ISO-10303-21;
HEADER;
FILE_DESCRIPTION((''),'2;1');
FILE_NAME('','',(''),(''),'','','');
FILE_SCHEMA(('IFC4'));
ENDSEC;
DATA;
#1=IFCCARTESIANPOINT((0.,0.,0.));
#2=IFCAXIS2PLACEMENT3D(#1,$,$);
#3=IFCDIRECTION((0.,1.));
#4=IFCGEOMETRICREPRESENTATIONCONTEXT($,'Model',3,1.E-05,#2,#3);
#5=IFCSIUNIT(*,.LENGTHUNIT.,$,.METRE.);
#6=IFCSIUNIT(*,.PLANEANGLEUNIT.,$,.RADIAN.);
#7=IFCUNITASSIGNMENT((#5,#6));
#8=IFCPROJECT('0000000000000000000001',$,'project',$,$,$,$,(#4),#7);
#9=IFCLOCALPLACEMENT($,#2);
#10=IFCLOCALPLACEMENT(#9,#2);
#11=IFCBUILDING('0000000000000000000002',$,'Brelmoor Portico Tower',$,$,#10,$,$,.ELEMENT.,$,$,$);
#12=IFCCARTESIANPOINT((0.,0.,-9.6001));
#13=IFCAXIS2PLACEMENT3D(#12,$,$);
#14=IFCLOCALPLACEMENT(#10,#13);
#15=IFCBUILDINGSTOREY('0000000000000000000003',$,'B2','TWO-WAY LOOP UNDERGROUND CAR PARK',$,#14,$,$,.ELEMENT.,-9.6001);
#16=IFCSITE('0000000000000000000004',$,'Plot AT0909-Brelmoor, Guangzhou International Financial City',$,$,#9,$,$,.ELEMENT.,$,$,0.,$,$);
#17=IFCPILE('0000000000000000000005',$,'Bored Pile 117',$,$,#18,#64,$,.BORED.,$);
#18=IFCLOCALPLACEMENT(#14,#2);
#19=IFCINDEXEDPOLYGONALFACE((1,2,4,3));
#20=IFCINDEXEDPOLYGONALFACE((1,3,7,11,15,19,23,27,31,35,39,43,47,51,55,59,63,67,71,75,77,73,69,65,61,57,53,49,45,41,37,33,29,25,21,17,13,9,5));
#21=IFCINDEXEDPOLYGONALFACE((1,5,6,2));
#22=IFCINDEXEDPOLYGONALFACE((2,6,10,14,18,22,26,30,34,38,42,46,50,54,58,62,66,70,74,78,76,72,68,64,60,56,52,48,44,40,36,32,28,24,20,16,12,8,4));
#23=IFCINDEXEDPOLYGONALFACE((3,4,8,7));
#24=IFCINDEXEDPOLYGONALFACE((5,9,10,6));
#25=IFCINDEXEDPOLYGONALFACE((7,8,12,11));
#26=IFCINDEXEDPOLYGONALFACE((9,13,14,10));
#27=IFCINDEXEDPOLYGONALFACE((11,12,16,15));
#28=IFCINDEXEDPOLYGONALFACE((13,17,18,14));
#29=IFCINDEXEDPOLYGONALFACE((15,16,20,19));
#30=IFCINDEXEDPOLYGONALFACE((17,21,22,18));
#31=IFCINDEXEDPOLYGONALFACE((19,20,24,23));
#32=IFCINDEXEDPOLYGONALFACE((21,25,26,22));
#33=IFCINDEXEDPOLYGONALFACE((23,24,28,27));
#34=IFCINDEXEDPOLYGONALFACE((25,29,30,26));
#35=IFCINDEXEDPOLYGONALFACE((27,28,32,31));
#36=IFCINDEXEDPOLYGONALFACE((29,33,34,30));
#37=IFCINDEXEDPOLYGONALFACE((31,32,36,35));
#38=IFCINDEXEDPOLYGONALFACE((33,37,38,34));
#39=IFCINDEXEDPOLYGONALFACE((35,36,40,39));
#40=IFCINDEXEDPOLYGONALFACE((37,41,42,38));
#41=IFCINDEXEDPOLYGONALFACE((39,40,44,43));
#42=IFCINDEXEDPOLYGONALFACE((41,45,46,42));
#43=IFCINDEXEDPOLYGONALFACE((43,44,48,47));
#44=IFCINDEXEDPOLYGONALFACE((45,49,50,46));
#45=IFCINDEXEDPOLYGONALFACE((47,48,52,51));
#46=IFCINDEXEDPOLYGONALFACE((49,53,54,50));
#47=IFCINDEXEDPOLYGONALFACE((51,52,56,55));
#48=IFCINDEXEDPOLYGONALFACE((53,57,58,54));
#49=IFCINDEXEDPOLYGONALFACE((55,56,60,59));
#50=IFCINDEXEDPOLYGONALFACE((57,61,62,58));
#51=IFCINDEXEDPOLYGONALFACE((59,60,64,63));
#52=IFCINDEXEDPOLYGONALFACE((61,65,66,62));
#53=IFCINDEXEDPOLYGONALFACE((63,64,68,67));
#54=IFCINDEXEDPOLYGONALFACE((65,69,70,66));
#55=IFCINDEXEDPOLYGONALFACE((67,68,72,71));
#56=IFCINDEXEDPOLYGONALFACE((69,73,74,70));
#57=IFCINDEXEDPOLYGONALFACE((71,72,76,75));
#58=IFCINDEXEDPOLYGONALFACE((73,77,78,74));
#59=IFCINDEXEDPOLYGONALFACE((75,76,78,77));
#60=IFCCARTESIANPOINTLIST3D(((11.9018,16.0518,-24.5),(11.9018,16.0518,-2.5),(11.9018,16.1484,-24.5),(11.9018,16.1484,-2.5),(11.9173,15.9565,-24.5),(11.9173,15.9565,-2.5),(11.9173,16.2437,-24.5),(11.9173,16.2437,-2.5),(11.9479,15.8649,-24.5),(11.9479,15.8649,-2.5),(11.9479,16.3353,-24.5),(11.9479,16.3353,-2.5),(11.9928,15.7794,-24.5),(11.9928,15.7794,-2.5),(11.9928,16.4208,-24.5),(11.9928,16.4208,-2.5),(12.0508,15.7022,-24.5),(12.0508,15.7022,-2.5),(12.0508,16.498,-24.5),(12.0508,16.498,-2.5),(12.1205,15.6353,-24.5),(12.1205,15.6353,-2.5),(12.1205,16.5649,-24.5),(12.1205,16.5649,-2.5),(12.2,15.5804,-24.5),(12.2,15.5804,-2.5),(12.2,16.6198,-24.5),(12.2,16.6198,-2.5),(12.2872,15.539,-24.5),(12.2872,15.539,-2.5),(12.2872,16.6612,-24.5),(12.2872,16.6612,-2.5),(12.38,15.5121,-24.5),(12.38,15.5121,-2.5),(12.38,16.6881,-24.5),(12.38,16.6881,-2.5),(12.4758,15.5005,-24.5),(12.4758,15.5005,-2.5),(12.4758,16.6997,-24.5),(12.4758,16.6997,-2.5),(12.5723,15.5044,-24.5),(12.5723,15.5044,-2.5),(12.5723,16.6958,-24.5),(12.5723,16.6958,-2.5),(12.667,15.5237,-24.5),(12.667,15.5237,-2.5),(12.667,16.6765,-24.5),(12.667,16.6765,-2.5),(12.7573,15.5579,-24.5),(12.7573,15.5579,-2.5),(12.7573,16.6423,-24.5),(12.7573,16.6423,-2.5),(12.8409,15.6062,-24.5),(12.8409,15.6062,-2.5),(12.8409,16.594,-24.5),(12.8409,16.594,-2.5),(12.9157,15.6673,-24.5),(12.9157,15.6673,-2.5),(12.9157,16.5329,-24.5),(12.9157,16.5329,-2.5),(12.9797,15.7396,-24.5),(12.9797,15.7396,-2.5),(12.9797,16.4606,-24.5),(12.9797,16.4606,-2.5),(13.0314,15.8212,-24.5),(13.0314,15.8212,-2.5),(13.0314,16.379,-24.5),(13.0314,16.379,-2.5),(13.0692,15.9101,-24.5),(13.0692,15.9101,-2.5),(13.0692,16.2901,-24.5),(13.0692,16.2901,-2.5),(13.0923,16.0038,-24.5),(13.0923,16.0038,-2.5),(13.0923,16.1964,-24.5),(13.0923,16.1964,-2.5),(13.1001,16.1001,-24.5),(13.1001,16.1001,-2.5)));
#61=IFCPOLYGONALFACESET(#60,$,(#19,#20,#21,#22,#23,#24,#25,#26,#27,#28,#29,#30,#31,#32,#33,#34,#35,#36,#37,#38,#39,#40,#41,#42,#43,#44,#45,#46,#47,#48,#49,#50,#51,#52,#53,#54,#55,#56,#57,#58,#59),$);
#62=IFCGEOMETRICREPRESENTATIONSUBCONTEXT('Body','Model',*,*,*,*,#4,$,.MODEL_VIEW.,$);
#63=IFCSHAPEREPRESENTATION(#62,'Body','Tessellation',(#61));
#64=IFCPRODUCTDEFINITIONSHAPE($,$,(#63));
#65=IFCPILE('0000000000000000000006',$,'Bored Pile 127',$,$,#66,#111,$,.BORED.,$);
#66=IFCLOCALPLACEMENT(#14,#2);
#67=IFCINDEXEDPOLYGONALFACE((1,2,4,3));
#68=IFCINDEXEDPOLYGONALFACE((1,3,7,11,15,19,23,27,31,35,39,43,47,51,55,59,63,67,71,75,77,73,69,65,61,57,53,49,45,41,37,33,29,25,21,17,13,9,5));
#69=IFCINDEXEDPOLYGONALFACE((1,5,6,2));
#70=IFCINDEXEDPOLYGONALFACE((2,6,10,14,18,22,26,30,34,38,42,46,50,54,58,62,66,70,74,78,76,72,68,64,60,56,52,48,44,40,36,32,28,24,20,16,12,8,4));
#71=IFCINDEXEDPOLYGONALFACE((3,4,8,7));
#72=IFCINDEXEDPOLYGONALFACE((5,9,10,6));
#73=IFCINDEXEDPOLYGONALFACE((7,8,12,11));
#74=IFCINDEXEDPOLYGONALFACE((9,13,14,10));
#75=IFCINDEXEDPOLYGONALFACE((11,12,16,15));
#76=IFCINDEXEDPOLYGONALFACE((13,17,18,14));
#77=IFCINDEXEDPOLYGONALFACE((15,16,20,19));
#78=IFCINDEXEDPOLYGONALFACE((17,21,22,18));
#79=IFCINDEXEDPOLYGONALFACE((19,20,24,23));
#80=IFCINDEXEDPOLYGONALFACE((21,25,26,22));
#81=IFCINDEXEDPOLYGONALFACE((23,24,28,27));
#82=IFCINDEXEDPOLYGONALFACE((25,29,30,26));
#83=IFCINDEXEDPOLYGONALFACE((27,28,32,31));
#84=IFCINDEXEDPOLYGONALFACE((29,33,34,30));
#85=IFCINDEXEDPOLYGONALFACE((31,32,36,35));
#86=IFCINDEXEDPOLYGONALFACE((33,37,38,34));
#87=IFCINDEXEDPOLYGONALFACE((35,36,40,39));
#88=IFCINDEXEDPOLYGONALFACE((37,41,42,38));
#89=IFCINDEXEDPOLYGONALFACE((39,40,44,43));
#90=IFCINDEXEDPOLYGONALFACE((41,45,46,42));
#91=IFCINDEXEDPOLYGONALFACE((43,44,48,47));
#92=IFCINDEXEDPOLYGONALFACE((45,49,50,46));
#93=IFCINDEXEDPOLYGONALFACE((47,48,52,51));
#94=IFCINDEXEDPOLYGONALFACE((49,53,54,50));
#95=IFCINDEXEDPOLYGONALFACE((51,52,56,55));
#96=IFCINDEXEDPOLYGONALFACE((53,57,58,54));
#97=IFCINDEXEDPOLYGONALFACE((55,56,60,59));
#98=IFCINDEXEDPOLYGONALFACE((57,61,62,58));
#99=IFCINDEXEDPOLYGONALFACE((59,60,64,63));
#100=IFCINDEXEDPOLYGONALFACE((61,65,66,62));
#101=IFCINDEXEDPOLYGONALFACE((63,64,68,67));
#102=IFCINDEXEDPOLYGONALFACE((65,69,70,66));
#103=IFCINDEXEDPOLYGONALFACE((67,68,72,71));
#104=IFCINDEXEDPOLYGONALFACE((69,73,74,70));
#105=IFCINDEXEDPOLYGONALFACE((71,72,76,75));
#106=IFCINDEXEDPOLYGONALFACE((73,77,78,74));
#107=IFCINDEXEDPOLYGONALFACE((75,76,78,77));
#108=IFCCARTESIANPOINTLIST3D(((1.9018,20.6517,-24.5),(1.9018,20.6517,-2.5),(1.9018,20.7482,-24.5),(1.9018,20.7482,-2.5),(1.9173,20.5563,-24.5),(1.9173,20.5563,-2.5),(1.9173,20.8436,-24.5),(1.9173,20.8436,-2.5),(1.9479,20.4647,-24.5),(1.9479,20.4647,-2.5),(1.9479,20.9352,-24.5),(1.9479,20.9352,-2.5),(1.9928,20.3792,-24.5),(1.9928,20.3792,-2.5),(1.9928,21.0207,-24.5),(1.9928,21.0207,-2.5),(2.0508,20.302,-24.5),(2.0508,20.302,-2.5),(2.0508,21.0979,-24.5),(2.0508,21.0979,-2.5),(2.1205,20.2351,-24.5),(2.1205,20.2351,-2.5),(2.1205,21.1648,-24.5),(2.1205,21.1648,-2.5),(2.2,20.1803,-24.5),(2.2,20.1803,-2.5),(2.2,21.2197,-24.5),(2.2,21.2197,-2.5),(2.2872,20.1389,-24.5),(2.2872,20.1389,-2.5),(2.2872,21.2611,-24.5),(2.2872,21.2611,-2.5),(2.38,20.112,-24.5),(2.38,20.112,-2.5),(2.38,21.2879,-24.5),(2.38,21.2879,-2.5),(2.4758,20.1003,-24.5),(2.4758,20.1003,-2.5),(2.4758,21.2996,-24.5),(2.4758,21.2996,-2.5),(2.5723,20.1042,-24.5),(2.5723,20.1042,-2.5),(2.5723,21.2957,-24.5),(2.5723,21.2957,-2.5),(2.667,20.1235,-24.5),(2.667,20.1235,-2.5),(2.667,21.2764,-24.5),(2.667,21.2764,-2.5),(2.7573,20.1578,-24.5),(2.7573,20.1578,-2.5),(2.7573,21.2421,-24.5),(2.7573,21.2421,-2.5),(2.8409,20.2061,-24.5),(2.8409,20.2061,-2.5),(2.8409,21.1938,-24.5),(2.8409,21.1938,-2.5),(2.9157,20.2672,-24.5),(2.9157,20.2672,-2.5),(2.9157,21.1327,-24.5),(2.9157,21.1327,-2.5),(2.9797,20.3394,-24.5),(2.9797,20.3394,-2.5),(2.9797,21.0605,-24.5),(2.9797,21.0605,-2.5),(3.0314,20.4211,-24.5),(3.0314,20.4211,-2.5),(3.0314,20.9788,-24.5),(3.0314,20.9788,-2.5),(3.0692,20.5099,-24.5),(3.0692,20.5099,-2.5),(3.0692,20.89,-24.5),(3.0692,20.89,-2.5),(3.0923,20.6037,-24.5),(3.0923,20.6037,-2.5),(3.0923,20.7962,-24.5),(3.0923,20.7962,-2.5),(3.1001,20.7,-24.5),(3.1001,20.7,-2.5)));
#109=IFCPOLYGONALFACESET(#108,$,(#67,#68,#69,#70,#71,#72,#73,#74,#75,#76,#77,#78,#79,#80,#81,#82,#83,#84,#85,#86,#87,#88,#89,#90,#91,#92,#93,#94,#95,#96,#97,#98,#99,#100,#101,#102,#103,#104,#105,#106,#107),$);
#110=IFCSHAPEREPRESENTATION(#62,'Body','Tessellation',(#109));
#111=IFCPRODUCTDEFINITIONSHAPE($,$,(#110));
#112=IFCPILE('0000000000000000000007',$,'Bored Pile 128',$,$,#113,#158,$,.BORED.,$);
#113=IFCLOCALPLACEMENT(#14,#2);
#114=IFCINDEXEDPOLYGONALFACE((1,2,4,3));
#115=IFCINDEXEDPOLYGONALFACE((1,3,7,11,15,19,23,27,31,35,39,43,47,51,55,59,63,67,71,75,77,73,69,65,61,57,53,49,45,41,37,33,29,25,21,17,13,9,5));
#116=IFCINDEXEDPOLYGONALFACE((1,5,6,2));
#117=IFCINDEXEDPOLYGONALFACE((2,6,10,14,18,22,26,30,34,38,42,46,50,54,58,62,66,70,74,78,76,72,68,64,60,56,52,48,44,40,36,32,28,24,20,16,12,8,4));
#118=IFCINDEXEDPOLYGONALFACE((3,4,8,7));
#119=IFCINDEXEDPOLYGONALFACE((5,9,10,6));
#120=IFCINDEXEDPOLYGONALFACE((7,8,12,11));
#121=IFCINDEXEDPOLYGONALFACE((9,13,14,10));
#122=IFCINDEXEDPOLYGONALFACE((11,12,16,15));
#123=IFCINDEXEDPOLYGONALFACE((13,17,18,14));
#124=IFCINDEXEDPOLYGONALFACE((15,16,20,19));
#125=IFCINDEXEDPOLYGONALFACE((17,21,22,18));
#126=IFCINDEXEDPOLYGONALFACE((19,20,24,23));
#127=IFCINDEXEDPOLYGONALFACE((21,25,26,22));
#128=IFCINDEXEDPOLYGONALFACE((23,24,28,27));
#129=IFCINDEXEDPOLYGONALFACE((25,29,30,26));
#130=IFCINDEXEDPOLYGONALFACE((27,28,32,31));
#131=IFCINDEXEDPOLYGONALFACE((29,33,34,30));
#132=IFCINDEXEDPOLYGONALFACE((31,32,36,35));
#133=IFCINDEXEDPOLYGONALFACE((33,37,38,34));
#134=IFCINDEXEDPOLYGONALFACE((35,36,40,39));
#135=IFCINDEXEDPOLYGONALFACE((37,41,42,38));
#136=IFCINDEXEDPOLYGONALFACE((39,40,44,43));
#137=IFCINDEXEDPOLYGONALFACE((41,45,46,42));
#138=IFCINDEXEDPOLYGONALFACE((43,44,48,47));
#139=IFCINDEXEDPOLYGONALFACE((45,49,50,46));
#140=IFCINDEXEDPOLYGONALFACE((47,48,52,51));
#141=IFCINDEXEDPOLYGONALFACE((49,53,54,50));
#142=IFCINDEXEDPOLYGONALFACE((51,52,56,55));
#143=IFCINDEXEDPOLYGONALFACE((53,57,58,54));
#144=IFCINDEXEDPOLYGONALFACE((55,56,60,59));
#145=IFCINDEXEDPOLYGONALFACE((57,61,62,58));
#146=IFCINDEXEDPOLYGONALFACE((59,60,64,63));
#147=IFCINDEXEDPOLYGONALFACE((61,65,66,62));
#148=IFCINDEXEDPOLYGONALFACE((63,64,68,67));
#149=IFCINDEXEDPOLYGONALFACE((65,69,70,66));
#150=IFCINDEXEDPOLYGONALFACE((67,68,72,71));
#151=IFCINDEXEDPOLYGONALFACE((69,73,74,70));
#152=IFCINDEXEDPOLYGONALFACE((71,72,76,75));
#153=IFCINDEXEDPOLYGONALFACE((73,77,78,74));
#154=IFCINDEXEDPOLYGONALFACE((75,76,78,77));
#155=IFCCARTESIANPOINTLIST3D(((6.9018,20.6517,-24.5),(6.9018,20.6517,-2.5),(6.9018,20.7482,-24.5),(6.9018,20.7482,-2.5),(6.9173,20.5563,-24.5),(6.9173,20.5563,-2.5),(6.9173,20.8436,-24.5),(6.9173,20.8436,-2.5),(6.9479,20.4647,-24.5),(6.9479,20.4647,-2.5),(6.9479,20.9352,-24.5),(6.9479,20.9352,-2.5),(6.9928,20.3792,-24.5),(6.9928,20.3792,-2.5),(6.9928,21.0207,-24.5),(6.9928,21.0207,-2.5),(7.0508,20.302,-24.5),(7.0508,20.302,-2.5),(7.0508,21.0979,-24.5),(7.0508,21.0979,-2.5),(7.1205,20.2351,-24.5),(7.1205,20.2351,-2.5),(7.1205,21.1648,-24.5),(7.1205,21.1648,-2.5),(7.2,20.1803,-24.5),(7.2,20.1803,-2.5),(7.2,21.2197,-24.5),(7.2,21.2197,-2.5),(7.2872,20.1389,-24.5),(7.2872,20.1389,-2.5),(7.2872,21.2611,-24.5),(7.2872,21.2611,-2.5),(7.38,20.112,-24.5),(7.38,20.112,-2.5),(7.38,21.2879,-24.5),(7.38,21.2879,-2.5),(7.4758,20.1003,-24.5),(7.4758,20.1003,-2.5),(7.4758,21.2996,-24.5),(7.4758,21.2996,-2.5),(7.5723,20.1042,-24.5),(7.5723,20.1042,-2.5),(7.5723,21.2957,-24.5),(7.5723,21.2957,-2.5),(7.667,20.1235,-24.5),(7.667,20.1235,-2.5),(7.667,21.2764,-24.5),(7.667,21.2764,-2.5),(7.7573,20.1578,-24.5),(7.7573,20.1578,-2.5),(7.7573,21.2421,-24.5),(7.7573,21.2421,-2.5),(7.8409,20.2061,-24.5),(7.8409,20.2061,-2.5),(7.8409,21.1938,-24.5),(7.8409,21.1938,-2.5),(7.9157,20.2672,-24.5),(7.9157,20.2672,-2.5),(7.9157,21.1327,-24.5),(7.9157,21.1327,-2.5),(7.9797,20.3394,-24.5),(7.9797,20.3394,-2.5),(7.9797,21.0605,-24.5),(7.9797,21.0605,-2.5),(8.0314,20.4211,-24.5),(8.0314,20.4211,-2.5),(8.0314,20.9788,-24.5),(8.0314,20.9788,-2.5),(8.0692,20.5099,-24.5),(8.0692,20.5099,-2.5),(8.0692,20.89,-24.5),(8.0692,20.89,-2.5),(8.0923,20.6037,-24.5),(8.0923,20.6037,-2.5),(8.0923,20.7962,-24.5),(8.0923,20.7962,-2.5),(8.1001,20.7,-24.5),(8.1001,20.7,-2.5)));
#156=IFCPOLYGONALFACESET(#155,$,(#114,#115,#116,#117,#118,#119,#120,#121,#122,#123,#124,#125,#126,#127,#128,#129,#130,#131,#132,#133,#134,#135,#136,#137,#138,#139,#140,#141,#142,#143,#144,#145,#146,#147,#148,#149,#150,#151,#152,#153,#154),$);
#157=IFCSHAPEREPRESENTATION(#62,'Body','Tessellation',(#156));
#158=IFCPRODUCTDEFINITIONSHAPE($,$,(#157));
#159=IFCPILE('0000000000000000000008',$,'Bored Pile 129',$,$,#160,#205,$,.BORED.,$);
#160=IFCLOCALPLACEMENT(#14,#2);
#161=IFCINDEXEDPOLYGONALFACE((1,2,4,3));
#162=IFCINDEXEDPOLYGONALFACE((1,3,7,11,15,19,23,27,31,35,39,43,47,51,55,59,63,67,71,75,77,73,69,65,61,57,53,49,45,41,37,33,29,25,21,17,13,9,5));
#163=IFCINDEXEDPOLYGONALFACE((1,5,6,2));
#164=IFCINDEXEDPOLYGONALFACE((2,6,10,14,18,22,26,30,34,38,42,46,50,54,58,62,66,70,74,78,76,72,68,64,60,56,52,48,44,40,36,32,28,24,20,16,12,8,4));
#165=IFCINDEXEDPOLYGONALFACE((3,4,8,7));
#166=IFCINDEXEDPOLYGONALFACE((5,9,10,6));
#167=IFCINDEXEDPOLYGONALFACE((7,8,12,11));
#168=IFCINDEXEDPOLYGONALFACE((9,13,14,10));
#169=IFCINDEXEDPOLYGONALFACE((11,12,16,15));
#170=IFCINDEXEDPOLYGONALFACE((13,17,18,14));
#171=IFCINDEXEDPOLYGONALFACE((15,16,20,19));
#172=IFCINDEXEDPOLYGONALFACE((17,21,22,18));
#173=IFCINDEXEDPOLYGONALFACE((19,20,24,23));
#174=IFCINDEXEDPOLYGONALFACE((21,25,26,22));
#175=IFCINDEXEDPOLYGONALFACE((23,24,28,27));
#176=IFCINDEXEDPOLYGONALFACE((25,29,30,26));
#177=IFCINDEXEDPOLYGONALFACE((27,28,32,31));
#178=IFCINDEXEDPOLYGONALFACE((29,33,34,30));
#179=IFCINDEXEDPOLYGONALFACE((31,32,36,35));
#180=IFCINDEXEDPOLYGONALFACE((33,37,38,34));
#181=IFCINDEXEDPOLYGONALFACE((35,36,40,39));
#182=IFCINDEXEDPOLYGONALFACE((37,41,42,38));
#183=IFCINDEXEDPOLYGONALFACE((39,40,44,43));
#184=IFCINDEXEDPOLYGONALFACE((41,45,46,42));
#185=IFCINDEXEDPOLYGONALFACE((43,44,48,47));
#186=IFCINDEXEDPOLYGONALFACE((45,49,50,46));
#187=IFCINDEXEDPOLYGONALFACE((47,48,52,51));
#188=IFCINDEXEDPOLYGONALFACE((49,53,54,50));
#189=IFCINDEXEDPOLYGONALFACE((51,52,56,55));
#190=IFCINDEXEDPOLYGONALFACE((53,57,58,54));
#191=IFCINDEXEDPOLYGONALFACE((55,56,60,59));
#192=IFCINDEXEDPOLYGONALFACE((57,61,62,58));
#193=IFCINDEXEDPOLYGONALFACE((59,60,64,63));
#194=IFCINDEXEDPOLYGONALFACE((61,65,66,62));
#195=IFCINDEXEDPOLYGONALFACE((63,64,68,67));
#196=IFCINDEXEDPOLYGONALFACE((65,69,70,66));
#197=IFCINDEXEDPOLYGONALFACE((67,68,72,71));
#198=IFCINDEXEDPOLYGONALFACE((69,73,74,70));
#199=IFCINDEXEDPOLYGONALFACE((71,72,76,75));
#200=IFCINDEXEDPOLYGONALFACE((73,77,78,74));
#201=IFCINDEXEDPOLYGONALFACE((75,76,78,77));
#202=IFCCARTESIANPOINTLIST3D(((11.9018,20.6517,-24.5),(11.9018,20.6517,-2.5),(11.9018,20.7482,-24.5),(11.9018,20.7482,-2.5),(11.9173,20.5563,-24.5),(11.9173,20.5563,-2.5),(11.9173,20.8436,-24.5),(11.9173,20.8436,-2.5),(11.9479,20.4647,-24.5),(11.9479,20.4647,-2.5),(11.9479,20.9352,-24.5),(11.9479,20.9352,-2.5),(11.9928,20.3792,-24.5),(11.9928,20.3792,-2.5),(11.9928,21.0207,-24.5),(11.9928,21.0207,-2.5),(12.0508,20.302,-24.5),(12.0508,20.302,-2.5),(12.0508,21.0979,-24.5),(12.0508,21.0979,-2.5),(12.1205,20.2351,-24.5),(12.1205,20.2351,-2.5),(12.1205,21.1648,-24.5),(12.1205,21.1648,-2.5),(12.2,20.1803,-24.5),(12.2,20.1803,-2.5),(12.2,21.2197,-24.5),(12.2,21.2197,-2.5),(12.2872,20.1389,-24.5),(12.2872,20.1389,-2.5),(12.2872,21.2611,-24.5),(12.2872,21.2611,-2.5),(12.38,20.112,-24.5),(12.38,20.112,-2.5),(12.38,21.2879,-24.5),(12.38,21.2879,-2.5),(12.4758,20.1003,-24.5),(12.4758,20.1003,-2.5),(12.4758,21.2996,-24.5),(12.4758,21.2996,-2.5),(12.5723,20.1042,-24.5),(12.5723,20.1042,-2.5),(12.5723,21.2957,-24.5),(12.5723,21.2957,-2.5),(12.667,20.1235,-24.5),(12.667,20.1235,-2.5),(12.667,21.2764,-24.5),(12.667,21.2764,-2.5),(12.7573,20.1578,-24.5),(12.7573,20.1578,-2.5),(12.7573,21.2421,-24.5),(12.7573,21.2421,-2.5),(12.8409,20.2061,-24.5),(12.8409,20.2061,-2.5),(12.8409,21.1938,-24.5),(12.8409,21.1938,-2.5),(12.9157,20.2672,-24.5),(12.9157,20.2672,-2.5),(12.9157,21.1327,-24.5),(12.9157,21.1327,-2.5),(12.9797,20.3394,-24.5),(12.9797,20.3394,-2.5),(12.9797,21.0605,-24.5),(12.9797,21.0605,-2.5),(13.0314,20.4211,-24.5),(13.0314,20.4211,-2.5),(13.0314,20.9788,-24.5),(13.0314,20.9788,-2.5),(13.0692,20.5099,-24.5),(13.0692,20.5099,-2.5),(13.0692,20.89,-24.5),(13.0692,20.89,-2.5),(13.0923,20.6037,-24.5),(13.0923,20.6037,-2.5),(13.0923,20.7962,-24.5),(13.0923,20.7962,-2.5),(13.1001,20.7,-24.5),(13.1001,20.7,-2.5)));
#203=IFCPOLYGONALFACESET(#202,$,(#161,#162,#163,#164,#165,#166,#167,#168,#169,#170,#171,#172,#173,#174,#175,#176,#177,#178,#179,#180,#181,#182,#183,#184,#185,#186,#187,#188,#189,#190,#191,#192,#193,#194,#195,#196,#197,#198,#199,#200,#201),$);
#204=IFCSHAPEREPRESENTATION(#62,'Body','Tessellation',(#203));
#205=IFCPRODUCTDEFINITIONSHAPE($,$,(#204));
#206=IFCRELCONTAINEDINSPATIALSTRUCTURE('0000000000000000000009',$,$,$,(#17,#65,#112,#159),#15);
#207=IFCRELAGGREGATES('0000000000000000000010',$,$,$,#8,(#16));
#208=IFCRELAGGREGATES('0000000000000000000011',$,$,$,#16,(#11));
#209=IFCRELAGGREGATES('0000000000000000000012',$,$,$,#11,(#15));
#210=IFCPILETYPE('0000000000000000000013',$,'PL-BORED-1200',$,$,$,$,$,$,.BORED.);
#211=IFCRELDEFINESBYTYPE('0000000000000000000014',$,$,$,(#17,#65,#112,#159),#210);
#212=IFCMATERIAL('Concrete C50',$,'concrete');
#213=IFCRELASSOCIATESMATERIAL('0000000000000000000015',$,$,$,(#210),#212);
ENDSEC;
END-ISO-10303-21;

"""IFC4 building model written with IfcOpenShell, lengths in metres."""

from ifc_helpers import new_model, si_unit, direction, frame, origin, origin_2d, place, context, subcontext, project, spatial, circle, extrude, material, material_profile, profile_set, type_object, element, save


model = new_model("IFC4")

# Units and contexts
model_context = context("Model", 3, precision=1e-05, world=origin(), true_north=direction((0.0, 1.0)))
body_context = subcontext(model_context, "Body", "Model", "MODEL_VIEW")
ifc_project = project(units=[si_unit("LENGTHUNIT", "METRE"), si_unit("PLANEANGLEUNIT", "RADIAN")], contexts=[model_context])

# Site, building, storey
site_placement = place(None, origin())
site = spatial("IfcSite", under=ifc_project, at=site_placement, Name="Plot AT0909-Brelmoor, Guangzhou International Financial City", CompositionType="ELEMENT", RefElevation=0.0)
building_placement = place(site_placement, origin())
building = spatial("IfcBuilding", under=site, at=building_placement, Name="Brelmoor Portico Tower", CompositionType="ELEMENT")
storey_placement = place(building_placement, frame((0.0, 0.0, -9.6001)))
storey = spatial("IfcBuildingStorey", under=building, at=storey_placement, Name="B2", Description="TWO-WAY LOOP UNDERGROUND CAR PARK", CompositionType="ELEMENT", Elevation=-9.6001)

# Shared definitions
ifc_material_1 = material(Name="Concrete C50", Category="concrete")

# Piles
ifc_material_profile_1 = material_profile(ifc_material_1, circle(Radius=0.6001, at=origin_2d()), Name="BORED PILE D1200")
ifc_profile_set_1 = profile_set([ifc_material_profile_1], Name="Concrete C50")
pile_type_1 = type_object("IfcPileType", Name="PL-BORED-1200", PredefinedType="BORED", material=ifc_profile_set_1)
for number, where, z_axis, x_axis, name in (
    (1, (12.5, 16.1001, -2.5), (0.0, 0.0, -1.0), (1.0, 0.0, 0.0), "Bored Pile 117"),
    (2, (2.5, 20.7, -2.5), (0.0, 0.0, -1.0), (1.0, 0.0, 0.0), "Bored Pile 127"),
    (3, (7.5, 20.7, -2.5), (0.0, 0.0, -1.0), (1.0, 0.0, 0.0), "Bored Pile 128"),
    (4, (12.5, 20.7, -2.5), (0.0, 0.0, -1.0), (1.0, 0.0, 0.0), "Bored Pile 129"),
):
    element("IfcPile", number, at=place(storey_placement, frame(where, z_axis=z_axis, x_axis=x_axis)), inside=storey, type_object=pile_type_1, Name=name, PredefinedType="BORED", context=body_context, shape_type="SweptSolid", body=[
        extrude(circle(Radius=0.6001, at=origin_2d()), origin(), (0.0, 0.0, 1.0), 22.0),
    ])

save(model, "model.ifc")
